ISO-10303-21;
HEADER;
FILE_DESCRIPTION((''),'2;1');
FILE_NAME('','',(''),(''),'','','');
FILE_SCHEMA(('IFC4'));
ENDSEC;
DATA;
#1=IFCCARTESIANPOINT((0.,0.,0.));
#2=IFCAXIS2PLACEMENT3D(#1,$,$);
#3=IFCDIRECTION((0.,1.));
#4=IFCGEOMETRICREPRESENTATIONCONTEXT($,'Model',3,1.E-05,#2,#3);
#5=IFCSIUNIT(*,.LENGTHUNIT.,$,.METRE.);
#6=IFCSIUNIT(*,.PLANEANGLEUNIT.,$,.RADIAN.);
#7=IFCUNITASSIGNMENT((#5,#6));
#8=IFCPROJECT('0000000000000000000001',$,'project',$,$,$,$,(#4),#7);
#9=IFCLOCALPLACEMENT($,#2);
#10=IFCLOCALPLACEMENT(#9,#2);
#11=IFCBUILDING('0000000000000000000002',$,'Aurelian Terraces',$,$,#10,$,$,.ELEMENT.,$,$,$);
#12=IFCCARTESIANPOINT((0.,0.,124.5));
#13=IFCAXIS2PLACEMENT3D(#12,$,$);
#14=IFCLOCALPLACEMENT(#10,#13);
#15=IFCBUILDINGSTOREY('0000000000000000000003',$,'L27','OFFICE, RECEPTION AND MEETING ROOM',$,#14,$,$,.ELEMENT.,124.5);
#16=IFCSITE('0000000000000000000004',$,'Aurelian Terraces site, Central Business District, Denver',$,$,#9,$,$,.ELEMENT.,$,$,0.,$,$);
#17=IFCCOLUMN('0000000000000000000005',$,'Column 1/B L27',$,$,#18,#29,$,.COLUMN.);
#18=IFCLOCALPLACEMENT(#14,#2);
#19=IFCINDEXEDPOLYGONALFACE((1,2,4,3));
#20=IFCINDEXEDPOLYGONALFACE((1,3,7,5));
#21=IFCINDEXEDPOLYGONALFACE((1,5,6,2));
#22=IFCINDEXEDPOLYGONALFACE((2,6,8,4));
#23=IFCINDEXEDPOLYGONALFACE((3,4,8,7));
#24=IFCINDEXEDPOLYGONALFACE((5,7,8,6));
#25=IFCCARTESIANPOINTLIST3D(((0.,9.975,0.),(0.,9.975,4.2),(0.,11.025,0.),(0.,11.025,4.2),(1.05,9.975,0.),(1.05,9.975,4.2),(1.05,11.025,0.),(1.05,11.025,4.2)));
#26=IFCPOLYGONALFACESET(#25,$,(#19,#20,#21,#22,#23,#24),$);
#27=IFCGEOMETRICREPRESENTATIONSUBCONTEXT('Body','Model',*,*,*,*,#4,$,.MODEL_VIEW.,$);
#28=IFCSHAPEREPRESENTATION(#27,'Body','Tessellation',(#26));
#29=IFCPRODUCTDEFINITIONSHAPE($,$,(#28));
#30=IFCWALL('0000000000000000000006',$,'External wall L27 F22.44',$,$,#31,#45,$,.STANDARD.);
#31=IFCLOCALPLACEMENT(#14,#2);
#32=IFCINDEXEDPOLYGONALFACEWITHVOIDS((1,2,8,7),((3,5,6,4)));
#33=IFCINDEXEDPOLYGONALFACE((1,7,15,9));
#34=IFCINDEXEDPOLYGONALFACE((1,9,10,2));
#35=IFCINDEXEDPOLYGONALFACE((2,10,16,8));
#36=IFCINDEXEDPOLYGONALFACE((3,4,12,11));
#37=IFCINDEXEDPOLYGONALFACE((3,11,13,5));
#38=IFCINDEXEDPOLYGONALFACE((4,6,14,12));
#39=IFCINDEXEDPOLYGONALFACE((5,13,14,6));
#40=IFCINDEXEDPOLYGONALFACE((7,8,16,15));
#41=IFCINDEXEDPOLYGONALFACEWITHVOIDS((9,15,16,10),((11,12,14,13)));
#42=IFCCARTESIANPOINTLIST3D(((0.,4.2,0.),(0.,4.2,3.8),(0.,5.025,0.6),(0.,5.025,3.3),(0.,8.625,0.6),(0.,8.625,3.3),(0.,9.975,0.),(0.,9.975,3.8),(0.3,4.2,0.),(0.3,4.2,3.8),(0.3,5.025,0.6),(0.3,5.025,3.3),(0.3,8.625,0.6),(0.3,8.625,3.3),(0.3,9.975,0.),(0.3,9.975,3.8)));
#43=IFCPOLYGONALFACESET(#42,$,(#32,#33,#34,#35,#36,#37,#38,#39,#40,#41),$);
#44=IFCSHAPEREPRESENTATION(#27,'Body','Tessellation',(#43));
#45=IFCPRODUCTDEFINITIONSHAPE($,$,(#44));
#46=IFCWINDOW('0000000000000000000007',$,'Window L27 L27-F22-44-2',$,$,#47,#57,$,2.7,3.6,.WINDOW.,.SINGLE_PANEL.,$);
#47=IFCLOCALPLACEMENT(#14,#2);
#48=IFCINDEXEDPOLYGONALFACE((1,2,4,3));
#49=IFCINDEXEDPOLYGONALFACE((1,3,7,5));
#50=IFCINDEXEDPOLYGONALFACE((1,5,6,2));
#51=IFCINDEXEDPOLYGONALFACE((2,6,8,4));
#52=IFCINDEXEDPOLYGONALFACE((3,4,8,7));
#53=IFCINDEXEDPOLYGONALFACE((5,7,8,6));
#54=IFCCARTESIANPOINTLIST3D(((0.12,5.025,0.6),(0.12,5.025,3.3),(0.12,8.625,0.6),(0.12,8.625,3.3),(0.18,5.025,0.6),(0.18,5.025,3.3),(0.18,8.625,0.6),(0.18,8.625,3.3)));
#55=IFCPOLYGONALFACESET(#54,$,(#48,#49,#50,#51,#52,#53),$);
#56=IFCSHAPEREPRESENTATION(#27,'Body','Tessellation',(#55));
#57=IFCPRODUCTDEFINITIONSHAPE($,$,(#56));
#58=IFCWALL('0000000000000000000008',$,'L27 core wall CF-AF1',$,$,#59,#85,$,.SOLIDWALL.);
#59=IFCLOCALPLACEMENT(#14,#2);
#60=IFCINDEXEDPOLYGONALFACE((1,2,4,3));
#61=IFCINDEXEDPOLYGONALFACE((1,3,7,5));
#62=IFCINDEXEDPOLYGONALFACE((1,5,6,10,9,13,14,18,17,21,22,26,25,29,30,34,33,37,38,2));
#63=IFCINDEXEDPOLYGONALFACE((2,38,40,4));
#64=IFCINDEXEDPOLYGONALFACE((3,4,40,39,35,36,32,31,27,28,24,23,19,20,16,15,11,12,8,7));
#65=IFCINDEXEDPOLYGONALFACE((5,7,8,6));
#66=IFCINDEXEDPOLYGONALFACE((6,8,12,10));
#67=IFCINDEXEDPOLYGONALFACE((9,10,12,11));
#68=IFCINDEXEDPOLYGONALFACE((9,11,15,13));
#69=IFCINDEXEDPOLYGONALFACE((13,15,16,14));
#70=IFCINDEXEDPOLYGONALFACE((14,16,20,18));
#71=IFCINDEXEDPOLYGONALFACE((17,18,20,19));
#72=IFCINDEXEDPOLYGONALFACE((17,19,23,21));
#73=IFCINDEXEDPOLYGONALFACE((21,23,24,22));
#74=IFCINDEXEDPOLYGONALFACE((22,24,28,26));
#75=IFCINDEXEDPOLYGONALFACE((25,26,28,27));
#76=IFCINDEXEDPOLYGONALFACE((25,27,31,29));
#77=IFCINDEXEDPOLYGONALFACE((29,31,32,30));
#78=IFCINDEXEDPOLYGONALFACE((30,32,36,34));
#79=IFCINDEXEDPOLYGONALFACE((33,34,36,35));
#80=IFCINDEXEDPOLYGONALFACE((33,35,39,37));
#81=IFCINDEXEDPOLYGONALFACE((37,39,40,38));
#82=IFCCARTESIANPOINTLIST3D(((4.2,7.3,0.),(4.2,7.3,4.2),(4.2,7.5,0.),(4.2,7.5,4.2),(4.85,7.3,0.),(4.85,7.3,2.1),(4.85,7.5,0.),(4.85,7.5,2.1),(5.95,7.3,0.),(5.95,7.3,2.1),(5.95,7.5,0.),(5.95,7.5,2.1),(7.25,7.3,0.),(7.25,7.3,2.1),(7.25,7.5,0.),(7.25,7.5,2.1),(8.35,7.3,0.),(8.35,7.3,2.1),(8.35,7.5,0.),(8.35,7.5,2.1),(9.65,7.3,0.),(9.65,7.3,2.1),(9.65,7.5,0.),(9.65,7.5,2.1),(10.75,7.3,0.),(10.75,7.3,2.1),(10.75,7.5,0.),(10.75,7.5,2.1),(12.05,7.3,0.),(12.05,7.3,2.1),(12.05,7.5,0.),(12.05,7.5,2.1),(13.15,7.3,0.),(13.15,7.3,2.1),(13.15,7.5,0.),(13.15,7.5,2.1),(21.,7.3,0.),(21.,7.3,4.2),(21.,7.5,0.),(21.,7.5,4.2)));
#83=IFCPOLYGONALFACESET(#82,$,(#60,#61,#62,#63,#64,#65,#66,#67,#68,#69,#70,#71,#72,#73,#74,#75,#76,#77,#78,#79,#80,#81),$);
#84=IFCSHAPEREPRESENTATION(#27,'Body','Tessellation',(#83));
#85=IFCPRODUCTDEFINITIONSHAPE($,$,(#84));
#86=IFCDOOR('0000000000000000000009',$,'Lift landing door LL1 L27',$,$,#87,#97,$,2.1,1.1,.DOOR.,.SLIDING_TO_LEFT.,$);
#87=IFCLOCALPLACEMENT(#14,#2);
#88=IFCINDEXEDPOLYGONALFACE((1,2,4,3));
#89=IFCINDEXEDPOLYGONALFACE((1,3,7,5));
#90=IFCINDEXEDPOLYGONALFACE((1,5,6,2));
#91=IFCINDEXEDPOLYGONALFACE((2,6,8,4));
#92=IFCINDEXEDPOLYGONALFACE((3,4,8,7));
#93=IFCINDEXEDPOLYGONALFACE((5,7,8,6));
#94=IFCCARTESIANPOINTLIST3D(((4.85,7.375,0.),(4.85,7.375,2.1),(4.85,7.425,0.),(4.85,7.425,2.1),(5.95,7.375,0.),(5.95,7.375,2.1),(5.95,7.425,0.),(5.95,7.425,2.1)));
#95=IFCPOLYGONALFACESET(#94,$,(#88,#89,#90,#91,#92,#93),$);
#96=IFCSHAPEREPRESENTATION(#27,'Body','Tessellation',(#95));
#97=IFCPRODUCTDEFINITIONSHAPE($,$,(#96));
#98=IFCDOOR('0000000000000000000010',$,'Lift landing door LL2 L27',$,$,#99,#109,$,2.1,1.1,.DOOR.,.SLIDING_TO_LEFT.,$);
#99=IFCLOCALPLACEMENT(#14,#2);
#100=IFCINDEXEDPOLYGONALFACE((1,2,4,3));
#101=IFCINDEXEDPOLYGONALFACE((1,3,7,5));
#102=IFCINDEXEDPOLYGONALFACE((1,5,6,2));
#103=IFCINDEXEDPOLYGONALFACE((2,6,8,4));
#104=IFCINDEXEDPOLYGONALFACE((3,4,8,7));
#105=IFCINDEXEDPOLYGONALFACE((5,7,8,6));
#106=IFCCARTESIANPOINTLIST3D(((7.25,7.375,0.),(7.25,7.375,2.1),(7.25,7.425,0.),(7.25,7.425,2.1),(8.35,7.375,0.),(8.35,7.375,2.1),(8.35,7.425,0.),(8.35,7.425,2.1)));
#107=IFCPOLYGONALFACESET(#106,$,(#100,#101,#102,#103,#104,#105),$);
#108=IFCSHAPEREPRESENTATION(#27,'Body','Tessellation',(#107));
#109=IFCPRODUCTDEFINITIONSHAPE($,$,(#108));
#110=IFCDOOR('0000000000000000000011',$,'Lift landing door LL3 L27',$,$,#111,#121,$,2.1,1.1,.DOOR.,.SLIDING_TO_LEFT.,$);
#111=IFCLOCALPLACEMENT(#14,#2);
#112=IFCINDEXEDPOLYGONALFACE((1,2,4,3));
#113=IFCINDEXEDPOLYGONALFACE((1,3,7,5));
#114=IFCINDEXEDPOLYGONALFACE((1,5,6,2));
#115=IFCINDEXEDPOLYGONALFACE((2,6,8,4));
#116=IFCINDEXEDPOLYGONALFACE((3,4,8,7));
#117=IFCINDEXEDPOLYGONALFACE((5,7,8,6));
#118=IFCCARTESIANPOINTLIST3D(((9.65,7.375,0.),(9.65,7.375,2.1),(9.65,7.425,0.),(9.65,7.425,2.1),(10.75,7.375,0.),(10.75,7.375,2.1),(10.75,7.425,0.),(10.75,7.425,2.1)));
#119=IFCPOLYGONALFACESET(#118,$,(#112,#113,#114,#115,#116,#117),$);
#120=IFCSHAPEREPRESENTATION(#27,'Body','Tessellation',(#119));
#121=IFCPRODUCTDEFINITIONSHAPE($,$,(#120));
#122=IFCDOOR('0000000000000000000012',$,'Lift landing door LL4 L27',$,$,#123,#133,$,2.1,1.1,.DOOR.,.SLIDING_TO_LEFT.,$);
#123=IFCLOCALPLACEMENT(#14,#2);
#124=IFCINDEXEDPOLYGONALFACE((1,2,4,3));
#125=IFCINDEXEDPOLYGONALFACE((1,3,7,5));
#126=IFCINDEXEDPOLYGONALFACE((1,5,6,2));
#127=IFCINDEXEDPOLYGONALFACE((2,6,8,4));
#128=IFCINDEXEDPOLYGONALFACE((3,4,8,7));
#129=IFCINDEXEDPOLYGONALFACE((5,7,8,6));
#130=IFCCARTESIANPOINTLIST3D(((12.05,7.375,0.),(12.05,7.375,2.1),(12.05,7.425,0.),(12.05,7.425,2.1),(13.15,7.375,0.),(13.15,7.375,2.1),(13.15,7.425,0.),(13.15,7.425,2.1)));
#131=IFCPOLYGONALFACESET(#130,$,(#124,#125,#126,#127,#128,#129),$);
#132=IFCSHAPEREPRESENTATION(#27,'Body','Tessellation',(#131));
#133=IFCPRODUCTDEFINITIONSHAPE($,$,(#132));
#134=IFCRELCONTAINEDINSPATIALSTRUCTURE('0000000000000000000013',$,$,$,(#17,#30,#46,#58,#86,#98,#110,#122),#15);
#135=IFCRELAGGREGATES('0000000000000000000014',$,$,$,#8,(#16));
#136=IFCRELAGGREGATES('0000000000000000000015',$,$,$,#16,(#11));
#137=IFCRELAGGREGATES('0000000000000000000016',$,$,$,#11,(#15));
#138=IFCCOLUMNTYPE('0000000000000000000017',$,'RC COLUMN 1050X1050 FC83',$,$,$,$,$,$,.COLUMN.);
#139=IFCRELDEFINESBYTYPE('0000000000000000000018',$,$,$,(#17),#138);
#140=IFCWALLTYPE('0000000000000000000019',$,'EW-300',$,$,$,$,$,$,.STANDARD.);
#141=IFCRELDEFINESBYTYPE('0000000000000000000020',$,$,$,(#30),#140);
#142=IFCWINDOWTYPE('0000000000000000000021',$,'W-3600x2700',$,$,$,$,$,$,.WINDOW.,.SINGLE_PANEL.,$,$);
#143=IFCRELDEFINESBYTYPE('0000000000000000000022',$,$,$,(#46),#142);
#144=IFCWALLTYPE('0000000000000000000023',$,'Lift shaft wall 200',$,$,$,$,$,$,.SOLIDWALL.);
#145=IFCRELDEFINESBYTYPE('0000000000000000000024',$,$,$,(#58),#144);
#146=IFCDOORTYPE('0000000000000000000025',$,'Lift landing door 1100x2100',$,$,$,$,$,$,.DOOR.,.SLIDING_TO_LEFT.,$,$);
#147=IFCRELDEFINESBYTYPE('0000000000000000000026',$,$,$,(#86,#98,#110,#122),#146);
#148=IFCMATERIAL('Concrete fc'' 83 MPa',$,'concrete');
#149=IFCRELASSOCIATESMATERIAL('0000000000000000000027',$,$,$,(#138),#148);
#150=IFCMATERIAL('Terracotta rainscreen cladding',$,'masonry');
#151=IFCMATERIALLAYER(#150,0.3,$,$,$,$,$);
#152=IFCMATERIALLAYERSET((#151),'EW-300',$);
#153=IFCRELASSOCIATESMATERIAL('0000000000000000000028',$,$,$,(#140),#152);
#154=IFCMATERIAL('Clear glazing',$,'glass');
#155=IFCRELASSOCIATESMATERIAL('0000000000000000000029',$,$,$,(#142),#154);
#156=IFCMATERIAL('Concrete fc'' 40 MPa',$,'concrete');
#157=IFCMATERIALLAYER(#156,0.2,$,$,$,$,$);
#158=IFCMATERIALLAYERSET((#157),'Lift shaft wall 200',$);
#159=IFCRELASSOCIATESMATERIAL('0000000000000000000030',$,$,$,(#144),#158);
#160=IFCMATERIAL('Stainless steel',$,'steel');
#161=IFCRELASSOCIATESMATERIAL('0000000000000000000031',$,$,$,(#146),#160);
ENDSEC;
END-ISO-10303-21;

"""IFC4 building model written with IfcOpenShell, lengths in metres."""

from ifc_helpers import new_model, si_unit, direction, frame, frame_2d, origin, origin_2d, place, context, subcontext, project, spatial, rectangle, extrude, source, transform, mapped, material, layer, layer_set, material_profile, profile_set, type_object, element, fill, save


model = new_model("IFC4")

# Units and contexts
model_context = context("Model", 3, precision=1e-05, world=origin(), true_north=direction((0.0, 1.0)))
body_context = subcontext(model_context, "Body", "Model", "MODEL_VIEW")
ifc_project = project(units=[si_unit("LENGTHUNIT", "METRE"), si_unit("PLANEANGLEUNIT", "RADIAN")], contexts=[model_context])

# Site, building, storey
site_placement = place(None, origin())
site = spatial("IfcSite", under=ifc_project, at=site_placement, Name="Aurelian Terraces site, Central Business District, Denver", CompositionType="ELEMENT", RefElevation=0.0)
building_placement = place(site_placement, origin())
building = spatial("IfcBuilding", under=site, at=building_placement, Name="Aurelian Terraces", CompositionType="ELEMENT")
storey_placement = place(building_placement, frame((0.0, 0.0, 124.5)))
storey = spatial("IfcBuildingStorey", under=building, at=storey_placement, Name="L27", Description="OFFICE, RECEPTION AND MEETING ROOM", CompositionType="ELEMENT", Elevation=124.5)

# Column
ifc_material_1 = material(Name="Concrete fc' 83 MPa", Category="concrete")
ifc_material_profile = material_profile(ifc_material_1, rectangle(XDim=1.05, YDim=1.05, at=origin_2d()))
ifc_profile_set = profile_set([ifc_material_profile], Name="Concrete fc' 83 MPa")
column_type = type_object("IfcColumnType", Name="RC COLUMN 1050X1050 FC83", PredefinedType="COLUMN", material=ifc_profile_set)
shared_shape_1 = source(origin(), body_context, "Body", "SweptSolid", [
    extrude(rectangle(XDim=1.05, YDim=1.05, at=origin_2d()), origin(), (0.0, 0.0, 1.0), 4.2),
])
column_placement = place(storey_placement, frame((0.525, 10.5, 0.0), z_axis=(0.0, 0.0, 1.0), x_axis=(1.0, 0.0, 0.0)))
element("IfcColumn", 1, at=column_placement, inside=storey, type_object=column_type, Name="Column 1/B L27", PredefinedType="COLUMN", context=body_context, shape_type="MappedRepresentation", body=[
    mapped(shared_shape_1, transform((0.0, 0.0, 0.0), scale=1.0)),
])

# Wall, opening, window
ifc_material_2 = material(Name="Terracotta rainscreen cladding", Category="masonry")
ifc_layer_1 = layer(ifc_material_2, 0.3)
ifc_layer_set_1 = layer_set([ifc_layer_1], Name="EW-300")
wall_type_1 = type_object("IfcWallType", Name="EW-300", PredefinedType="STANDARD", material=ifc_layer_set_1)
shared_shape_2 = source(origin(), body_context, "Body", "SweptSolid", [
    extrude(rectangle(XDim=5.775, YDim=0.3, at=frame_2d((2.8875, 0.0))), origin(), (0.0, 0.0, 1.0), 3.8),
])
wall_1_placement = place(storey_placement, frame((0.15, 9.975, 0.0), z_axis=(0.0, 0.0, 1.0), x_axis=(0.0, -1.0, 0.0)))
wall_1 = element("IfcWall", 2, at=wall_1_placement, inside=storey, type_object=wall_type_1, Name="External wall L27 F22.44", PredefinedType="STANDARD", context=body_context, shape_type="MappedRepresentation", body=[
    mapped(shared_shape_2, transform((0.0, 0.0, 0.0), scale=1.0)),
])
shared_shape_3 = source(origin(), body_context, "Body", "SweptSolid", [
    extrude(rectangle(XDim=3.6, YDim=2.7, at=frame_2d((1.8, 1.35))), frame((0.0, 0.16, 0.0), z_axis=(0.0, -1.0, 0.0), x_axis=(1.0, 0.0, 0.0)), (0.0, 0.0, 1.0), 0.32),
])
opening_1_placement = place(wall_1_placement, frame((1.35, 0.0, 0.6)))
opening_1 = element("IfcOpeningElement", 3, at=opening_1_placement, cuts=wall_1, PredefinedType="OPENING", context=body_context, shape_type="MappedRepresentation", body=[
    mapped(shared_shape_3, transform((0.0, 0.0, 0.0), scale=1.0)),
])
ifc_material_3 = material(Name="Clear glazing", Category="glass")
window_type = type_object("IfcWindowType", Name="W-3600x2700", PartitioningType="SINGLE_PANEL", PredefinedType="WINDOW", material=ifc_material_3)
shared_shape_4 = source(origin(), body_context, "Body", "SweptSolid", [
    extrude(rectangle(XDim=3.6, YDim=2.7, at=frame_2d((1.8, 1.35))), frame((0.0, 0.03, 0.0), z_axis=(0.0, -1.0, 0.0), x_axis=(1.0, 0.0, 0.0)), (0.0, 0.0, 1.0), 0.06),
])
window_placement = place(opening_1_placement, origin())
window = element("IfcWindow", 4, at=window_placement, inside=storey, type_object=window_type, Name="Window L27 L27-F22-44-2", OverallHeight=2.7, OverallWidth=3.6, PartitioningType="SINGLE_PANEL", PredefinedType="WINDOW", context=body_context, shape_type="MappedRepresentation", body=[
    mapped(shared_shape_4, transform((0.0, 0.0, 0.0), scale=1.0)),
])
fill(opening_1, window)

# Wall, openings, doors
ifc_material_4 = material(Name="Concrete fc' 40 MPa", Category="concrete")
ifc_layer_2 = layer(ifc_material_4, 0.2)
ifc_layer_set_2 = layer_set([ifc_layer_2], Name="Lift shaft wall 200")
wall_type_2 = type_object("IfcWallType", Name="Lift shaft wall 200", PredefinedType="SOLIDWALL", material=ifc_layer_set_2)
shared_shape_5 = source(origin(), body_context, "Body", "SweptSolid", [
    extrude(rectangle(XDim=16.8, YDim=0.2, at=frame_2d((8.4, 0.0))), origin(), (0.0, 0.0, 1.0), 4.2),
])
wall_2_placement = place(storey_placement, frame((4.2, 7.4, 0.0), z_axis=(0.0, 0.0, 1.0), x_axis=(1.0, 0.0, 0.0)))
wall_2 = element("IfcWall", 5, at=wall_2_placement, inside=storey, type_object=wall_type_2, Name="L27 core wall CF-AF1", PredefinedType="SOLIDWALL", context=body_context, shape_type="MappedRepresentation", body=[
    mapped(shared_shape_5, transform((0.0, 0.0, 0.0), scale=1.0)),
])
shared_shape_6 = source(origin(), body_context, "Body", "SweptSolid", [
    extrude(rectangle(XDim=1.1, YDim=2.1, at=frame_2d((0.55, 1.05))), frame((0.0, 0.11, 0.0), z_axis=(0.0, -1.0, 0.0), x_axis=(1.0, 0.0, 0.0)), (0.0, 0.0, 1.0), 0.22),
])
opening_2_placement = place(wall_2_placement, frame((0.65, 0.0, 0.0)))
opening_2 = element("IfcOpeningElement", 6, at=opening_2_placement, cuts=wall_2, PredefinedType="OPENING", context=body_context, shape_type="MappedRepresentation", body=[
    mapped(shared_shape_6, transform((0.0, 0.0, 0.0), scale=1.0)),
])
opening_3_placement = place(wall_2_placement, frame((3.05, 0.0, 0.0)))
opening_3 = element("IfcOpeningElement", 7, at=opening_3_placement, cuts=wall_2, PredefinedType="OPENING", context=body_context, shape_type="MappedRepresentation", body=[
    mapped(shared_shape_6, transform((0.0, 0.0, 0.0), scale=1.0)),
])
opening_4_placement = place(wall_2_placement, frame((5.45, 0.0, 0.0)))
opening_4 = element("IfcOpeningElement", 8, at=opening_4_placement, cuts=wall_2, PredefinedType="OPENING", context=body_context, shape_type="MappedRepresentation", body=[
    mapped(shared_shape_6, transform((0.0, 0.0, 0.0), scale=1.0)),
])
opening_5_placement = place(wall_2_placement, frame((7.85, 0.0, 0.0)))
opening_5 = element("IfcOpeningElement", 9, at=opening_5_placement, cuts=wall_2, PredefinedType="OPENING", context=body_context, shape_type="MappedRepresentation", body=[
    mapped(shared_shape_6, transform((0.0, 0.0, 0.0), scale=1.0)),
])
ifc_material_5 = material(Name="Stainless steel", Category="steel")
door_type = type_object("IfcDoorType", Name="Lift landing door 1100x2100", OperationType="SLIDING_TO_LEFT", PredefinedType="DOOR", material=ifc_material_5)
shared_shape_7 = source(origin(), body_context, "Body", "SweptSolid", [
    extrude(rectangle(XDim=1.1, YDim=2.1, at=frame_2d((0.55, 1.05))), frame((0.0, 0.025, 0.0), z_axis=(0.0, -1.0, 0.0), x_axis=(1.0, 0.0, 0.0)), (0.0, 0.0, 1.0), 0.05),
])
door_1_placement = place(opening_2_placement, origin())
door_1 = element("IfcDoor", 10, at=door_1_placement, inside=storey, type_object=door_type, Name="Lift landing door LL1 L27", OperationType="SLIDING_TO_LEFT", OverallHeight=2.1, OverallWidth=1.1, PredefinedType="DOOR", context=body_context, shape_type="MappedRepresentation", body=[
    mapped(shared_shape_7, transform((0.0, 0.0, 0.0), scale=1.0)),
])
fill(opening_2, door_1)
door_2_placement = place(opening_3_placement, origin())
door_2 = element("IfcDoor", 11, at=door_2_placement, inside=storey, type_object=door_type, Name="Lift landing door LL2 L27", OperationType="SLIDING_TO_LEFT", OverallHeight=2.1, OverallWidth=1.1, PredefinedType="DOOR", context=body_context, shape_type="MappedRepresentation", body=[
    mapped(shared_shape_7, transform((0.0, 0.0, 0.0), scale=1.0)),
])
fill(opening_3, door_2)
door_3_placement = place(opening_4_placement, origin())
door_3 = element("IfcDoor", 12, at=door_3_placement, inside=storey, type_object=door_type, Name="Lift landing door LL3 L27", OperationType="SLIDING_TO_LEFT", OverallHeight=2.1, OverallWidth=1.1, PredefinedType="DOOR", context=body_context, shape_type="MappedRepresentation", body=[
    mapped(shared_shape_7, transform((0.0, 0.0, 0.0), scale=1.0)),
])
fill(opening_4, door_3)
door_4_placement = place(opening_5_placement, origin())
door_4 = element("IfcDoor", 13, at=door_4_placement, inside=storey, type_object=door_type, Name="Lift landing door LL4 L27", OperationType="SLIDING_TO_LEFT", OverallHeight=2.1, OverallWidth=1.1, PredefinedType="DOOR", context=body_context, shape_type="MappedRepresentation", body=[
    mapped(shared_shape_7, transform((0.0, 0.0, 0.0), scale=1.0)),
])
fill(opening_5, door_4)

save(model, "model.ifc")
